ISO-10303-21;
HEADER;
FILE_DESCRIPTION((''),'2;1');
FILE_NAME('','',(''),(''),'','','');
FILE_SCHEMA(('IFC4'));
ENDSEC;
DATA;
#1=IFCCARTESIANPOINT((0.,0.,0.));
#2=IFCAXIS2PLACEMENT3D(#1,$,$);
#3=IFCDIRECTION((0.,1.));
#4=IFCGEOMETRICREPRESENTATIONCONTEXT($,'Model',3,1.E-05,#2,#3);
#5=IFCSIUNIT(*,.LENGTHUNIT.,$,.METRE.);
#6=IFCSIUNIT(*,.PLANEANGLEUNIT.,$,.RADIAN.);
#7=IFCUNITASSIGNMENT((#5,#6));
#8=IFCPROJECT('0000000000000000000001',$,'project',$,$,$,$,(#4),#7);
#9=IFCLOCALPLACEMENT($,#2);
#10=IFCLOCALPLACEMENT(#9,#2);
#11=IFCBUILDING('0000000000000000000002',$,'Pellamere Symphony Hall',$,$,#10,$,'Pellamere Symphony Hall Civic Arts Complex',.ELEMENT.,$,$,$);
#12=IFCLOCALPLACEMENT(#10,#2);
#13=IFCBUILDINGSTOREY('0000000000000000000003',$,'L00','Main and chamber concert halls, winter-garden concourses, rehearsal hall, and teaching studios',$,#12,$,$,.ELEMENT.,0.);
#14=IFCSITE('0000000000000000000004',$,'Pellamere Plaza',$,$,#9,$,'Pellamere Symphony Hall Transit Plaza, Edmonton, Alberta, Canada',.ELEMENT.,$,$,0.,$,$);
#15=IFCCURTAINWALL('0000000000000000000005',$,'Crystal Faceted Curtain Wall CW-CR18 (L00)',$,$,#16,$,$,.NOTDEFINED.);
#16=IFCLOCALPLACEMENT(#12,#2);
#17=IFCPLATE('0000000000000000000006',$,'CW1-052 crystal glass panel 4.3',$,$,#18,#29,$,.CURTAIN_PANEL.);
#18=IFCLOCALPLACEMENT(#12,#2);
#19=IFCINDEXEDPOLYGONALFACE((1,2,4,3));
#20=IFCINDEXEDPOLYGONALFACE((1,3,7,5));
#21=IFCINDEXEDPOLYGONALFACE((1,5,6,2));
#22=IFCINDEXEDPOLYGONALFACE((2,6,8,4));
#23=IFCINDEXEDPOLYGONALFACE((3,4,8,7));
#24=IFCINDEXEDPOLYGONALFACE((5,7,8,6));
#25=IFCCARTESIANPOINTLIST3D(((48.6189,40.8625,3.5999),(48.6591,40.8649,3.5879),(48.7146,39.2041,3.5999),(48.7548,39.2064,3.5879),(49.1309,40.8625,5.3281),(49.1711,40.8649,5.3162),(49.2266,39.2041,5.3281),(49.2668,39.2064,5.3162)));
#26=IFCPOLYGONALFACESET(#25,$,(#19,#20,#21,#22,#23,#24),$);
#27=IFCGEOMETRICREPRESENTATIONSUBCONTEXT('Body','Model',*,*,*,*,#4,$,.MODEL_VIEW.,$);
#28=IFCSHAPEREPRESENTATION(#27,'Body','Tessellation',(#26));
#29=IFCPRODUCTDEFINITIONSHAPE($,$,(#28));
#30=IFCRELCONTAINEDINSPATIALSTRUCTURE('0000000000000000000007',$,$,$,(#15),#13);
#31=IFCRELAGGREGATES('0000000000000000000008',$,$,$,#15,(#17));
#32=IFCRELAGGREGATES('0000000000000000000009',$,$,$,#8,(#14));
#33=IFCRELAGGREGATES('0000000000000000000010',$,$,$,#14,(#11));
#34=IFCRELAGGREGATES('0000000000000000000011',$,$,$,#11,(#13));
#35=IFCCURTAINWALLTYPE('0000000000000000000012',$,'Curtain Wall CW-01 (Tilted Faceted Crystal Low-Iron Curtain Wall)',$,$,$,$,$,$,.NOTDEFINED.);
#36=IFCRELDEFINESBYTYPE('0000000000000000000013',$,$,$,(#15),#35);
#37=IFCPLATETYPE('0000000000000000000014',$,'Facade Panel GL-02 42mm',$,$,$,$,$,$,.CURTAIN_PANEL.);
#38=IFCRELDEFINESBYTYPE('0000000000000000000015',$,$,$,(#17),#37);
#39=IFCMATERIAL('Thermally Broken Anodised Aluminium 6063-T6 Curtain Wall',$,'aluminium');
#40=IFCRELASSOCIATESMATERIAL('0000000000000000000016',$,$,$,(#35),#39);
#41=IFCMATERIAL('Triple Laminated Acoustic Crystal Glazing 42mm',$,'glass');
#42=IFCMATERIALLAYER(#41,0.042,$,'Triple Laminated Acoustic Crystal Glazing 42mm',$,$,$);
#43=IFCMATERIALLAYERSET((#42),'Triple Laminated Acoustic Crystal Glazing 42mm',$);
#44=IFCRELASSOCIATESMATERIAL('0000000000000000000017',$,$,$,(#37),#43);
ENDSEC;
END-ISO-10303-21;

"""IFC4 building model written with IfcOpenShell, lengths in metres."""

from ifc_helpers import new_model, si_unit, direction, frame, origin, place, context, subcontext, project, spatial, polyline, outline, extrude, material, layer, layer_set, type_object, element, aggregate, save


model = new_model("IFC4")

# Units and contexts
model_context = context("Model", 3, precision=1e-05, world=origin(), true_north=direction((0.0, 1.0)))
body_context = subcontext(model_context, "Body", "Model", "MODEL_VIEW")
ifc_project = project(units=[si_unit("LENGTHUNIT", "METRE"), si_unit("PLANEANGLEUNIT", "RADIAN")], contexts=[model_context])

# Site, building, storey
site_placement = place(None, origin())
site = spatial("IfcSite", under=ifc_project, at=site_placement, Name="Pellamere Plaza", LongName="Pellamere Symphony Hall Transit Plaza, Edmonton, Alberta, Canada", CompositionType="ELEMENT", RefElevation=0.0)
building_placement = place(site_placement, origin())
building = spatial("IfcBuilding", under=site, at=building_placement, Name="Pellamere Symphony Hall", LongName="Pellamere Symphony Hall Civic Arts Complex", CompositionType="ELEMENT")
storey_placement = place(building_placement, origin())
storey = spatial("IfcBuildingStorey", under=building, at=storey_placement, Name="L00", Description="Main and chamber concert halls, winter-garden concourses, rehearsal hall, and teaching studios", CompositionType="ELEMENT", Elevation=0.0)

# Curtain wall
ifc_material_1 = material(Name="Thermally Broken Anodised Aluminium 6063-T6 Curtain Wall", Category="aluminium")
curtain_wall_type_1 = type_object("IfcCurtainWallType", Name="Curtain Wall CW-01 (Tilted Faceted Crystal Low-Iron Curtain Wall)", PredefinedType="NOTDEFINED", material=ifc_material_1)
curtain_wall_1_placement = place(storey_placement, origin())
curtain_wall_1 = element("IfcCurtainWall", 1, at=curtain_wall_1_placement, inside=storey, type_object=curtain_wall_type_1, Name="Crystal Faceted Curtain Wall CW-CR18 (L00)", PredefinedType="NOTDEFINED")

# Plate
ifc_material_2 = material(Name="Triple Laminated Acoustic Crystal Glazing 42mm", Category="glass")
ifc_layer_1 = layer(ifc_material_2, 0.042, Name="Triple Laminated Acoustic Crystal Glazing 42mm")
ifc_layer_set_1 = layer_set([ifc_layer_1], Name="Triple Laminated Acoustic Crystal Glazing 42mm")
plate_type_1 = type_object("IfcPlateType", Name="Facade Panel GL-02 42mm", PredefinedType="CURTAIN_PANEL", material=ifc_layer_set_1)
plate_1_placement = place(storey_placement, frame((48.6189, 40.8625, 3.5999), z_axis=(-0.957352, -0.055245, 0.283595), x_axis=(0.057611, -0.998339, 0.0)))
plate_1 = element("IfcPlate", 2, at=plate_1_placement, type_object=plate_type_1, Name="CW1-052 crystal glass panel 4.3", PredefinedType="CURTAIN_PANEL", context=body_context, shape_type="SweptSolid", body=[
    extrude(outline(polyline([(0.0, 0.0), (1.6612, 0.0), (1.6907, 1.8023), (0.0295, 1.8023), (0.0, 0.0)])), origin(), (0.0, 0.0, -1.0), 0.042),
])
aggregate(curtain_wall_1, [plate_1])

save(model, "model.ifc")
